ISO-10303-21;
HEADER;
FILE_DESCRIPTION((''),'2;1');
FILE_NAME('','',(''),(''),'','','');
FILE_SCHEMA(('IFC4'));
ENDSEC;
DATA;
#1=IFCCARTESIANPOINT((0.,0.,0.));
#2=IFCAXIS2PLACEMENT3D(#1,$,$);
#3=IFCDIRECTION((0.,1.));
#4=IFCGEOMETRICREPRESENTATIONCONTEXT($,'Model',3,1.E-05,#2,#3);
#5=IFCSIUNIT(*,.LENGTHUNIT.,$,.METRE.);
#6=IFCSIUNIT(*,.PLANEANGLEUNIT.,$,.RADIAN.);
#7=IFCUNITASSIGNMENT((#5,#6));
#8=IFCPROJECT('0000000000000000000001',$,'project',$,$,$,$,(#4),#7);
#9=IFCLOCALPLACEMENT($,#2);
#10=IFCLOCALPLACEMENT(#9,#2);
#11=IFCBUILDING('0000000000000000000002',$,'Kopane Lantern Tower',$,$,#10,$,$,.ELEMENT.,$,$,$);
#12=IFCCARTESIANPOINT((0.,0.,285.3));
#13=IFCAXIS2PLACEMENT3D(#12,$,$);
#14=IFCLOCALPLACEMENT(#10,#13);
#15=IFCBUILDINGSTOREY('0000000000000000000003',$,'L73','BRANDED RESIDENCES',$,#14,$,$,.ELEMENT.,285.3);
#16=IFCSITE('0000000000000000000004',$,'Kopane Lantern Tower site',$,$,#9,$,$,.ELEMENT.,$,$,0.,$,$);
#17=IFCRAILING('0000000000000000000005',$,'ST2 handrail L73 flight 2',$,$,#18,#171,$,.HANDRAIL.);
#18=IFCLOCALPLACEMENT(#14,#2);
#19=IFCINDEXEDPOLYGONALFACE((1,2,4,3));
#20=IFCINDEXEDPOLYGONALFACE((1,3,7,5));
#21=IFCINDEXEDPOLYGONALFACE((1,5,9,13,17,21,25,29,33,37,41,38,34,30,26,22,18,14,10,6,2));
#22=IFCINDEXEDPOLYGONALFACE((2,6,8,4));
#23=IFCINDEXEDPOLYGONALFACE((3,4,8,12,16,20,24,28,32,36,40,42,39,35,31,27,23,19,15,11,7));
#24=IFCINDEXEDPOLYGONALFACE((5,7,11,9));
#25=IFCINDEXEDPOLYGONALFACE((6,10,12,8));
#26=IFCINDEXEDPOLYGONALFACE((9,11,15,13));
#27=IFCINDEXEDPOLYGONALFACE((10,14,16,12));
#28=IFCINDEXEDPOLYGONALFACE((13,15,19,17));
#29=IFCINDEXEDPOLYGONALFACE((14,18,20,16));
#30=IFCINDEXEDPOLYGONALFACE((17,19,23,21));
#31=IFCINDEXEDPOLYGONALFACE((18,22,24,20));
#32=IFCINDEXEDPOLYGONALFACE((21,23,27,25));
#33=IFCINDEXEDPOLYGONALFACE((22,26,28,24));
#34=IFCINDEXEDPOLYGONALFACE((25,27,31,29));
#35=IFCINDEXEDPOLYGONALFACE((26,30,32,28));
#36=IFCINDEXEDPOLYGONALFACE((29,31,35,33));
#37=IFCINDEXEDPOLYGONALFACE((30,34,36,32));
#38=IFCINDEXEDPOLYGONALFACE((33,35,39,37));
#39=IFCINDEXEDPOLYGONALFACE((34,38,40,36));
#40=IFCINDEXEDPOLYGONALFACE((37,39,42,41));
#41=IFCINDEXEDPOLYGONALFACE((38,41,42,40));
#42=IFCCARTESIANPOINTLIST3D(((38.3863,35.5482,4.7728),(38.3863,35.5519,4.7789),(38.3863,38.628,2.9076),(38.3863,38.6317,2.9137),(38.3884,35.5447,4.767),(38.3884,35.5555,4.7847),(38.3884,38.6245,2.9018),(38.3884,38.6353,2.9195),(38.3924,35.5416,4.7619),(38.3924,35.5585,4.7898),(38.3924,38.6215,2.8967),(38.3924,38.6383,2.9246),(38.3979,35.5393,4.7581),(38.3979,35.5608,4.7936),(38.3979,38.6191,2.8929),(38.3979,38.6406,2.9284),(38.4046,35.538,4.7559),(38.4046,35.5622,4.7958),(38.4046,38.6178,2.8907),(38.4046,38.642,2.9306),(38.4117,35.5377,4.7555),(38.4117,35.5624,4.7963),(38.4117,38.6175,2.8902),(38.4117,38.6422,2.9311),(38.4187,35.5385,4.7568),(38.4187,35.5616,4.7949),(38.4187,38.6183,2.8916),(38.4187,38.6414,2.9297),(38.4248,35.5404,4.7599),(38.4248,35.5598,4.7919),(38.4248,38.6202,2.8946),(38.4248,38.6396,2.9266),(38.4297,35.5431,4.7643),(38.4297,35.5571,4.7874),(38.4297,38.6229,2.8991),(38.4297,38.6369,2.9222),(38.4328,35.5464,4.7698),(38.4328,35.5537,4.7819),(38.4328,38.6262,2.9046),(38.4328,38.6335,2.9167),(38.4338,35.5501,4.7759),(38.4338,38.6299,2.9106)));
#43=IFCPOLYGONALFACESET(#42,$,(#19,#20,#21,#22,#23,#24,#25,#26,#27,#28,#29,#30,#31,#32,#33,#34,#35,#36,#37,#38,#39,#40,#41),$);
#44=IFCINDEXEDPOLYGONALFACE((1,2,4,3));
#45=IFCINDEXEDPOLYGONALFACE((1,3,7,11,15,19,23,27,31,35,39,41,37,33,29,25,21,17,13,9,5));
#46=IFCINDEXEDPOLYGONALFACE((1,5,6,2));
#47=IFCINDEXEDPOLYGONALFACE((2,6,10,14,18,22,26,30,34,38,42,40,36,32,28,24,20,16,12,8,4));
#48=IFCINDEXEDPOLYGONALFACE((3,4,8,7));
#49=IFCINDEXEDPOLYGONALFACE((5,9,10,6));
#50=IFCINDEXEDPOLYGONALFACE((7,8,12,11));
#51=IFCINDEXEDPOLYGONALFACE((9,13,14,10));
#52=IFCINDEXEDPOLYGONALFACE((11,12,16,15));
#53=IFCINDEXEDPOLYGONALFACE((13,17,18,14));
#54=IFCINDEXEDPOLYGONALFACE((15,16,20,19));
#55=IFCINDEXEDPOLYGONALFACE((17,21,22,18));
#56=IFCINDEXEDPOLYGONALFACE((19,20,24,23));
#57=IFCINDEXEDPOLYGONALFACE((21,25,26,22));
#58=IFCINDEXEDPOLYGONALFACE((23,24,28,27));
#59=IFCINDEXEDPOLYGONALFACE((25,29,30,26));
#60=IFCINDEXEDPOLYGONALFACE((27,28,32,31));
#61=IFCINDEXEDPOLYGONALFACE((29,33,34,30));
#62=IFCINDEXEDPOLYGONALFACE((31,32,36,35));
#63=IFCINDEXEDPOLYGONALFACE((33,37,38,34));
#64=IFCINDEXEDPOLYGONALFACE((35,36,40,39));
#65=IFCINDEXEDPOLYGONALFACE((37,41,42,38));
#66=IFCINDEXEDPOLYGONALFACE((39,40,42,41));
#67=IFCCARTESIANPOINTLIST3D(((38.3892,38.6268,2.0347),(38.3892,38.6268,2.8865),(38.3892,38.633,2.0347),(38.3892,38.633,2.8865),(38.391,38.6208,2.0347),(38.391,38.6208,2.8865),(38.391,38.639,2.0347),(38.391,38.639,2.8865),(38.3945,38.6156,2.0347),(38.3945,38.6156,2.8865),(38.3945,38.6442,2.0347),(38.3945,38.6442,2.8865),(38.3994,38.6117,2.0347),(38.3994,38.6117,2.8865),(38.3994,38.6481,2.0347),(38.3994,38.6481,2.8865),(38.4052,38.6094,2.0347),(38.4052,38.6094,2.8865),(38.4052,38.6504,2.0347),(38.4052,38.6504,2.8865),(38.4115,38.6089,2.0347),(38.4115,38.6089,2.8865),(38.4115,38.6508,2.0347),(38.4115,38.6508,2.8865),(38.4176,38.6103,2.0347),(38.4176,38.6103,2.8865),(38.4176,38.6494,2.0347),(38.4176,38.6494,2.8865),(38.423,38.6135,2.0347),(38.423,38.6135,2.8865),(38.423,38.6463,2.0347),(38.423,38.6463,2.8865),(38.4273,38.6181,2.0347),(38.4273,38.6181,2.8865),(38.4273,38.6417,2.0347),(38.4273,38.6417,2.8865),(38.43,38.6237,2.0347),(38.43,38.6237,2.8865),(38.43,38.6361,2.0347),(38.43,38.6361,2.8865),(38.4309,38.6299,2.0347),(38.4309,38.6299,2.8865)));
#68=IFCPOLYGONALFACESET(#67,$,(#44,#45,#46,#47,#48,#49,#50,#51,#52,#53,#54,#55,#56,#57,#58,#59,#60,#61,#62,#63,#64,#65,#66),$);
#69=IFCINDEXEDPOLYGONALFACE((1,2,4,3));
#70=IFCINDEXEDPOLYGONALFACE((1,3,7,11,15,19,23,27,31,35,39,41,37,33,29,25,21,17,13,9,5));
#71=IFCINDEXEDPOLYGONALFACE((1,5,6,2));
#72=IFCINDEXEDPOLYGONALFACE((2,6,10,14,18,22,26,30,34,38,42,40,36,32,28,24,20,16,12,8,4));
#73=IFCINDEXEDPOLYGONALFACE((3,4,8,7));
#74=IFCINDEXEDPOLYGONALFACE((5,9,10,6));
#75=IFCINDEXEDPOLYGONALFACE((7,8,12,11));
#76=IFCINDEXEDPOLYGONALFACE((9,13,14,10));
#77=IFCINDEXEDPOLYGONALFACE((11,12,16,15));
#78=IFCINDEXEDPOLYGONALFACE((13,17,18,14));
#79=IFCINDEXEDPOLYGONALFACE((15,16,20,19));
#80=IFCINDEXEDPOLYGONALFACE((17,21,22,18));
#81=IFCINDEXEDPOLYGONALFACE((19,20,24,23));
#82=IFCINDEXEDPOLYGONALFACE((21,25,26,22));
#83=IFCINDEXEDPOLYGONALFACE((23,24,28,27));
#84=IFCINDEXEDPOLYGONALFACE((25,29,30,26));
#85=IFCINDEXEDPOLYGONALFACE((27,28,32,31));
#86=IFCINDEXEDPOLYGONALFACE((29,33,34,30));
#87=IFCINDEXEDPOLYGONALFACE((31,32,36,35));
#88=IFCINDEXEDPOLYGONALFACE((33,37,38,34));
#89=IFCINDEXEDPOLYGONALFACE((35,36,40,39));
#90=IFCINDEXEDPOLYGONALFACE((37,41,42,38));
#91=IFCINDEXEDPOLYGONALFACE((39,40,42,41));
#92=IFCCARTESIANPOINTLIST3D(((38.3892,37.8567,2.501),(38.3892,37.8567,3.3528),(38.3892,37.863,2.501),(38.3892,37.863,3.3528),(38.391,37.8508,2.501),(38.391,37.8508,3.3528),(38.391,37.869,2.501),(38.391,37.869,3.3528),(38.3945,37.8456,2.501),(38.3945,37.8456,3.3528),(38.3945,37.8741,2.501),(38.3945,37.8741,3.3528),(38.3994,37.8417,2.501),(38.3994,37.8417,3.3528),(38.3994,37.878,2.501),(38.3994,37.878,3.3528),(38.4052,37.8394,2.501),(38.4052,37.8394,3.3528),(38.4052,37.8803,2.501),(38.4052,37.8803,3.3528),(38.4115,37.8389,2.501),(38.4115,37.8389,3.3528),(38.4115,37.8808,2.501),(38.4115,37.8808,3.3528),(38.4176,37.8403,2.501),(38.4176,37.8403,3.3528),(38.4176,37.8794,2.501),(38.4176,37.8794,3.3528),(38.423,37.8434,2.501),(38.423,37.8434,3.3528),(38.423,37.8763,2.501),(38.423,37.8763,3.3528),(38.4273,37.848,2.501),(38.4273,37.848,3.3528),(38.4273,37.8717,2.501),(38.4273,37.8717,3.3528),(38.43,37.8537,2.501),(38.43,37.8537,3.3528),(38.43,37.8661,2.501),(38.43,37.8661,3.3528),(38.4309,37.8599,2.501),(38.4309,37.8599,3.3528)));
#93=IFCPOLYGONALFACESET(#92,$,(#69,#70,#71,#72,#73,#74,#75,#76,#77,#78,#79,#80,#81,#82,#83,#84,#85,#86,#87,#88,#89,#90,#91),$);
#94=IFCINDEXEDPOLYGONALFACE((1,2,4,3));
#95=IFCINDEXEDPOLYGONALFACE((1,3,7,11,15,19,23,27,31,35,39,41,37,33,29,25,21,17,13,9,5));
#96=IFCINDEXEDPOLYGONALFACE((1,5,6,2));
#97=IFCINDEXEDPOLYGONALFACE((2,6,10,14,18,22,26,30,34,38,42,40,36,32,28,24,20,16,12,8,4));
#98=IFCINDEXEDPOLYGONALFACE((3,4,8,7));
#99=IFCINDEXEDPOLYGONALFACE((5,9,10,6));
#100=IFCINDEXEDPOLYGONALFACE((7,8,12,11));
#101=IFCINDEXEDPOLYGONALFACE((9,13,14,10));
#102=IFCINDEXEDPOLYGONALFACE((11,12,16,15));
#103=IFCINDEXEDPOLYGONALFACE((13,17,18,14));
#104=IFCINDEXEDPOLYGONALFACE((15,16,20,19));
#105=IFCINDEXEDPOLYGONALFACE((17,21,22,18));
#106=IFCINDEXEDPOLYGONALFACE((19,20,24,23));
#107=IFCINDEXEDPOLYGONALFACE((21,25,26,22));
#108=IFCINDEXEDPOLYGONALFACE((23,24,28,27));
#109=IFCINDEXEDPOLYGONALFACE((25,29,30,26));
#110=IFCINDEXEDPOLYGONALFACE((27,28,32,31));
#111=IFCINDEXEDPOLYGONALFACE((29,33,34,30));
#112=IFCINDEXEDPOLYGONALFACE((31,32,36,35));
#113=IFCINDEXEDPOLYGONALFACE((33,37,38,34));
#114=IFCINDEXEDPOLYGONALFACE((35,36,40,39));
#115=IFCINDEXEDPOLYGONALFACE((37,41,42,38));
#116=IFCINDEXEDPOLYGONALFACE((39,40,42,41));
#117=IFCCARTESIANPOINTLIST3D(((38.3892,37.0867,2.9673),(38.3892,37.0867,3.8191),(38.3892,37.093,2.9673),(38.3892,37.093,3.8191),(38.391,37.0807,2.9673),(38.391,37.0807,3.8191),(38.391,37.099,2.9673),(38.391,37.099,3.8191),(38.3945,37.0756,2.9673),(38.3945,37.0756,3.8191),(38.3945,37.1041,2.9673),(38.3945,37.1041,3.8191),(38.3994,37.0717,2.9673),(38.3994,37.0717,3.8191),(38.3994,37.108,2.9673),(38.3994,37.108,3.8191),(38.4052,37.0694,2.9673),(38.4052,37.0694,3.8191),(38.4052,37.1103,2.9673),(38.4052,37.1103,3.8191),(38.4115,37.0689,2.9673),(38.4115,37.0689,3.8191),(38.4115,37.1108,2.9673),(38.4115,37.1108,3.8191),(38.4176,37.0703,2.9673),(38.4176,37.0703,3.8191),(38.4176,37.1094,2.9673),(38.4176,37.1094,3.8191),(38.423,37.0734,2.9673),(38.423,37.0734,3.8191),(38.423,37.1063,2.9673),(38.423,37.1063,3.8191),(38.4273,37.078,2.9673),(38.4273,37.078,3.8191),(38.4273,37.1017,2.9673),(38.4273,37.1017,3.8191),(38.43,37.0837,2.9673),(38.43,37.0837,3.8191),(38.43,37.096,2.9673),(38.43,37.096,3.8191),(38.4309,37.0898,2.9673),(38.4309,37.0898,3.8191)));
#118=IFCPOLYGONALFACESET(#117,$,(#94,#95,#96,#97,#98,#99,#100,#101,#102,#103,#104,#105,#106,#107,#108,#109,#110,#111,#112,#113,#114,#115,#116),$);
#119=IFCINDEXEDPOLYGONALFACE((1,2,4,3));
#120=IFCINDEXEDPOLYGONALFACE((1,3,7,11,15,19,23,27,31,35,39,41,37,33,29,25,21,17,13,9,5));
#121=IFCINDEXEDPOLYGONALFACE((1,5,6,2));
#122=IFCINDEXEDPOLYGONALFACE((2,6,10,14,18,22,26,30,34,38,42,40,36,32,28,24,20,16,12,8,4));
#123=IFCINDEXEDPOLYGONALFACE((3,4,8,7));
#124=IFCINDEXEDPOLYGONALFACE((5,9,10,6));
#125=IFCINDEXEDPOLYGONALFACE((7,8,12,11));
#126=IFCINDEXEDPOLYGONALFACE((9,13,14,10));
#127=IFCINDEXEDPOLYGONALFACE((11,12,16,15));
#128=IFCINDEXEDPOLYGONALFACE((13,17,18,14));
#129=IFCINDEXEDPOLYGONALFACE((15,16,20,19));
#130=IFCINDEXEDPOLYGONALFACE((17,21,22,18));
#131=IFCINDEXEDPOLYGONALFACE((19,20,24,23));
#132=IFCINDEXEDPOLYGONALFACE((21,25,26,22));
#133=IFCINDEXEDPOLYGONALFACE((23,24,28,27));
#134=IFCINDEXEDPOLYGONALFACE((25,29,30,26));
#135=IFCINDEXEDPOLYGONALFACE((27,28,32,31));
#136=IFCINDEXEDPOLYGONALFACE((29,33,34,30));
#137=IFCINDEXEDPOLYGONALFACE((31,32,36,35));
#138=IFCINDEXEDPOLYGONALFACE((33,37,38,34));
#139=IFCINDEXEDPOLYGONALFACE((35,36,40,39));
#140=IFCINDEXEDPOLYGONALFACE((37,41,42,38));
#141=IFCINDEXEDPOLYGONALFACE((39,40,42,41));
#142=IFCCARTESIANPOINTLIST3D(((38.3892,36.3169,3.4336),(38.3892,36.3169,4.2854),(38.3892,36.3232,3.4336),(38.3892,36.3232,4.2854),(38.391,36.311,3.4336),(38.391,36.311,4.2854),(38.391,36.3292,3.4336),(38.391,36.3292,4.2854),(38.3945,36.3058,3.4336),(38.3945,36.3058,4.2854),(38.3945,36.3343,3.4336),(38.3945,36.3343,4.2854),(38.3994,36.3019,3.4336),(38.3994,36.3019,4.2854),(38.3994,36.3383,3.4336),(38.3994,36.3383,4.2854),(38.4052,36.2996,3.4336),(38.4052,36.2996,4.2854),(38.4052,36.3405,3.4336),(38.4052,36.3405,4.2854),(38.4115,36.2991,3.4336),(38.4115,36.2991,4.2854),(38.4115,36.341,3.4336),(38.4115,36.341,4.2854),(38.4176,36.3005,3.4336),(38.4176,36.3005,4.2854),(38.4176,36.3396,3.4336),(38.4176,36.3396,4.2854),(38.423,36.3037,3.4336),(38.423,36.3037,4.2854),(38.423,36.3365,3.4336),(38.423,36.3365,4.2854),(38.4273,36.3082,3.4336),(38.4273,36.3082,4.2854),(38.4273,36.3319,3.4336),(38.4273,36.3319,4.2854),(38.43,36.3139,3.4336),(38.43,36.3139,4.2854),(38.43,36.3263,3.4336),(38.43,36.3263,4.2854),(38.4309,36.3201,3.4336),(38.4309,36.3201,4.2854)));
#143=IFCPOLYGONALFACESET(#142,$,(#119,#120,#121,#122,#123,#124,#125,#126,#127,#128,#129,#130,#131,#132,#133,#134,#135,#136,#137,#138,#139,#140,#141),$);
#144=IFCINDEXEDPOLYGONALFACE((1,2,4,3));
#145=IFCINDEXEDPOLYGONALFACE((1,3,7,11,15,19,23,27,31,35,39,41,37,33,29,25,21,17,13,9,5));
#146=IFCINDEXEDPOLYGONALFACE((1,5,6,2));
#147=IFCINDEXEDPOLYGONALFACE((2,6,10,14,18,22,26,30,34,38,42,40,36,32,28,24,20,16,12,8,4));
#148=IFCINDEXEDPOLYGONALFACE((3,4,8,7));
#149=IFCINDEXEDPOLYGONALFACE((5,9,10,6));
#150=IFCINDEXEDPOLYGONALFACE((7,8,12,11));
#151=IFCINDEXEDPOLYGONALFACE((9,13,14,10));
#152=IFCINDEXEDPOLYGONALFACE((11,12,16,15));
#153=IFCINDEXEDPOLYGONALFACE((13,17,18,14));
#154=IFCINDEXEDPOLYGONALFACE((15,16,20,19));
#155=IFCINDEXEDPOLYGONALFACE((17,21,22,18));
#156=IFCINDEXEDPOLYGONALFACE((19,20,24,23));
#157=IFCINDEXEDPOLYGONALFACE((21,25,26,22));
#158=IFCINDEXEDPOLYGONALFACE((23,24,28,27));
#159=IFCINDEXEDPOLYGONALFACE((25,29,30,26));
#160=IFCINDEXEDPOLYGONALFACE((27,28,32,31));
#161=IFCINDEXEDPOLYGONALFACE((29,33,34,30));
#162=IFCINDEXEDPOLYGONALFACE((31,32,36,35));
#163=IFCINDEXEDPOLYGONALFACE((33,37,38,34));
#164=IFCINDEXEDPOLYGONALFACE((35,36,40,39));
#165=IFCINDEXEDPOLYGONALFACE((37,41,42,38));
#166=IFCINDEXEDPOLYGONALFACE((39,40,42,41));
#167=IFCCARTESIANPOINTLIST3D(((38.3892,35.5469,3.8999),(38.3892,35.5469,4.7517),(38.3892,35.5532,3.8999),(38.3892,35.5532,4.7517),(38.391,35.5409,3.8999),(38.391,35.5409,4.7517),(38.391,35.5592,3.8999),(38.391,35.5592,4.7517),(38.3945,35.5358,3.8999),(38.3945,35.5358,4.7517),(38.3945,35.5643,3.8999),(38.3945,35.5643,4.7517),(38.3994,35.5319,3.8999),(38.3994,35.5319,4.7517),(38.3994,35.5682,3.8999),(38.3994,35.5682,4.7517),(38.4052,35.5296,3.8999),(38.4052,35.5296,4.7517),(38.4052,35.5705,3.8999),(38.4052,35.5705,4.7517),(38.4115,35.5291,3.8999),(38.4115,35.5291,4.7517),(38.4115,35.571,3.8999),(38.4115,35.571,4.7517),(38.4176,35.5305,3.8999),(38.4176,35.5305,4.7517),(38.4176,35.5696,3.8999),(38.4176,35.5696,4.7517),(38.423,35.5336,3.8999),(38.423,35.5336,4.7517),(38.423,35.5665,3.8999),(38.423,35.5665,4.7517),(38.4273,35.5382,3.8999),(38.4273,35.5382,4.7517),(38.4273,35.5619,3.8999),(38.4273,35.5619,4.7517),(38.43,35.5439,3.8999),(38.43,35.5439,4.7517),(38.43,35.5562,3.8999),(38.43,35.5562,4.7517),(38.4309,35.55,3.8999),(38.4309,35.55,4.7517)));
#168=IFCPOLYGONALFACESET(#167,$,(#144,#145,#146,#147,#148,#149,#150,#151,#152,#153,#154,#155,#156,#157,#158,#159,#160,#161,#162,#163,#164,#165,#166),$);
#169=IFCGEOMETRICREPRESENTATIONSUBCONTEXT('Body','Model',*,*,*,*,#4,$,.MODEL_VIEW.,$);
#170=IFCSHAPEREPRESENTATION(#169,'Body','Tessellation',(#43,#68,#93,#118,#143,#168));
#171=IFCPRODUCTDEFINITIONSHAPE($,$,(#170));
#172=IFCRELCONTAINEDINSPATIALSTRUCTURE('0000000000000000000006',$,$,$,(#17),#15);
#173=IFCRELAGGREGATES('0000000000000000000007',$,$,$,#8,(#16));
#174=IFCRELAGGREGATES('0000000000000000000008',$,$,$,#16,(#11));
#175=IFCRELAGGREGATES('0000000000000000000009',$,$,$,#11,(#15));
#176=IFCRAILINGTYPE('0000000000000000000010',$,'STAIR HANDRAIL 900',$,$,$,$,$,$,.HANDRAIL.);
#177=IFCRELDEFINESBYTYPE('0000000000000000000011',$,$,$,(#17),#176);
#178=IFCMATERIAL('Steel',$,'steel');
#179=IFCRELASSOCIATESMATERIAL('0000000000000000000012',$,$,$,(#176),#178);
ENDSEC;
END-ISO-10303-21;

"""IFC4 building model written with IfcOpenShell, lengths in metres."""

from ifc_helpers import new_model, si_unit, direction, frame, origin, origin_2d, place, context, subcontext, project, spatial, circle, extrude, material, type_object, element, save


model = new_model("IFC4")

# Units and contexts
model_context = context("Model", 3, precision=1e-05, world=origin(), true_north=direction((0.0, 1.0)))
body_context = subcontext(model_context, "Body", "Model", "MODEL_VIEW")
ifc_project = project(units=[si_unit("LENGTHUNIT", "METRE"), si_unit("PLANEANGLEUNIT", "RADIAN")], contexts=[model_context])

# Site, building, storey
site_placement = place(None, origin())
site = spatial("IfcSite", under=ifc_project, at=site_placement, Name="Kopane Lantern Tower site", CompositionType="ELEMENT", RefElevation=0.0)
building_placement = place(site_placement, origin())
building = spatial("IfcBuilding", under=site, at=building_placement, Name="Kopane Lantern Tower", CompositionType="ELEMENT")
storey_placement = place(building_placement, frame((0.0, 0.0, 285.3)))
storey = spatial("IfcBuildingStorey", under=building, at=storey_placement, Name="L73", Description="BRANDED RESIDENCES", CompositionType="ELEMENT", Elevation=285.3)

# Railing
ifc_material_1 = material(Name="Steel", Category="steel")
railing_type = type_object("IfcRailingType", Name="STAIR HANDRAIL 900", PredefinedType="HANDRAIL", material=ifc_material_1)
for number, where, name in (
    (1, (38.4099, 38.6299, 2.0347), "ST2 handrail L73 flight 2"),
):
    element("IfcRailing", number, at=place(storey_placement, frame(where)), inside=storey, type_object=railing_type, Name=name, PredefinedType="HANDRAIL", context=body_context, shape_type="SweptSolid", body=[
        extrude(circle(Radius=0.0239, at=origin_2d()), frame((0.0, 0.0, 0.876), z_axis=(0.0, -0.855362, 0.518031), x_axis=(1.0, 0.0, 0.0)), (0.0, 0.0, 1.0), 3.6006),
        extrude(circle(Radius=0.021, at=origin_2d()), origin(), (0.0, 0.0, 1.0), 0.8518),
        extrude(circle(Radius=0.021, at=origin_2d()), frame((0.0, -0.77, 0.4663)), (0.0, 0.0, 1.0), 0.8518),
        extrude(circle(Radius=0.021, at=origin_2d()), frame((0.0, -1.54, 0.9326)), (0.0, 0.0, 1.0), 0.8518),
        extrude(circle(Radius=0.021, at=origin_2d()), frame((0.0, -2.3098, 1.3989)), (0.0, 0.0, 1.0), 0.8518),
        extrude(circle(Radius=0.021, at=origin_2d()), frame((0.0, -3.0798, 1.8652)), (0.0, 0.0, 1.0), 0.8518),
    ])

save(model, "model.ifc")
